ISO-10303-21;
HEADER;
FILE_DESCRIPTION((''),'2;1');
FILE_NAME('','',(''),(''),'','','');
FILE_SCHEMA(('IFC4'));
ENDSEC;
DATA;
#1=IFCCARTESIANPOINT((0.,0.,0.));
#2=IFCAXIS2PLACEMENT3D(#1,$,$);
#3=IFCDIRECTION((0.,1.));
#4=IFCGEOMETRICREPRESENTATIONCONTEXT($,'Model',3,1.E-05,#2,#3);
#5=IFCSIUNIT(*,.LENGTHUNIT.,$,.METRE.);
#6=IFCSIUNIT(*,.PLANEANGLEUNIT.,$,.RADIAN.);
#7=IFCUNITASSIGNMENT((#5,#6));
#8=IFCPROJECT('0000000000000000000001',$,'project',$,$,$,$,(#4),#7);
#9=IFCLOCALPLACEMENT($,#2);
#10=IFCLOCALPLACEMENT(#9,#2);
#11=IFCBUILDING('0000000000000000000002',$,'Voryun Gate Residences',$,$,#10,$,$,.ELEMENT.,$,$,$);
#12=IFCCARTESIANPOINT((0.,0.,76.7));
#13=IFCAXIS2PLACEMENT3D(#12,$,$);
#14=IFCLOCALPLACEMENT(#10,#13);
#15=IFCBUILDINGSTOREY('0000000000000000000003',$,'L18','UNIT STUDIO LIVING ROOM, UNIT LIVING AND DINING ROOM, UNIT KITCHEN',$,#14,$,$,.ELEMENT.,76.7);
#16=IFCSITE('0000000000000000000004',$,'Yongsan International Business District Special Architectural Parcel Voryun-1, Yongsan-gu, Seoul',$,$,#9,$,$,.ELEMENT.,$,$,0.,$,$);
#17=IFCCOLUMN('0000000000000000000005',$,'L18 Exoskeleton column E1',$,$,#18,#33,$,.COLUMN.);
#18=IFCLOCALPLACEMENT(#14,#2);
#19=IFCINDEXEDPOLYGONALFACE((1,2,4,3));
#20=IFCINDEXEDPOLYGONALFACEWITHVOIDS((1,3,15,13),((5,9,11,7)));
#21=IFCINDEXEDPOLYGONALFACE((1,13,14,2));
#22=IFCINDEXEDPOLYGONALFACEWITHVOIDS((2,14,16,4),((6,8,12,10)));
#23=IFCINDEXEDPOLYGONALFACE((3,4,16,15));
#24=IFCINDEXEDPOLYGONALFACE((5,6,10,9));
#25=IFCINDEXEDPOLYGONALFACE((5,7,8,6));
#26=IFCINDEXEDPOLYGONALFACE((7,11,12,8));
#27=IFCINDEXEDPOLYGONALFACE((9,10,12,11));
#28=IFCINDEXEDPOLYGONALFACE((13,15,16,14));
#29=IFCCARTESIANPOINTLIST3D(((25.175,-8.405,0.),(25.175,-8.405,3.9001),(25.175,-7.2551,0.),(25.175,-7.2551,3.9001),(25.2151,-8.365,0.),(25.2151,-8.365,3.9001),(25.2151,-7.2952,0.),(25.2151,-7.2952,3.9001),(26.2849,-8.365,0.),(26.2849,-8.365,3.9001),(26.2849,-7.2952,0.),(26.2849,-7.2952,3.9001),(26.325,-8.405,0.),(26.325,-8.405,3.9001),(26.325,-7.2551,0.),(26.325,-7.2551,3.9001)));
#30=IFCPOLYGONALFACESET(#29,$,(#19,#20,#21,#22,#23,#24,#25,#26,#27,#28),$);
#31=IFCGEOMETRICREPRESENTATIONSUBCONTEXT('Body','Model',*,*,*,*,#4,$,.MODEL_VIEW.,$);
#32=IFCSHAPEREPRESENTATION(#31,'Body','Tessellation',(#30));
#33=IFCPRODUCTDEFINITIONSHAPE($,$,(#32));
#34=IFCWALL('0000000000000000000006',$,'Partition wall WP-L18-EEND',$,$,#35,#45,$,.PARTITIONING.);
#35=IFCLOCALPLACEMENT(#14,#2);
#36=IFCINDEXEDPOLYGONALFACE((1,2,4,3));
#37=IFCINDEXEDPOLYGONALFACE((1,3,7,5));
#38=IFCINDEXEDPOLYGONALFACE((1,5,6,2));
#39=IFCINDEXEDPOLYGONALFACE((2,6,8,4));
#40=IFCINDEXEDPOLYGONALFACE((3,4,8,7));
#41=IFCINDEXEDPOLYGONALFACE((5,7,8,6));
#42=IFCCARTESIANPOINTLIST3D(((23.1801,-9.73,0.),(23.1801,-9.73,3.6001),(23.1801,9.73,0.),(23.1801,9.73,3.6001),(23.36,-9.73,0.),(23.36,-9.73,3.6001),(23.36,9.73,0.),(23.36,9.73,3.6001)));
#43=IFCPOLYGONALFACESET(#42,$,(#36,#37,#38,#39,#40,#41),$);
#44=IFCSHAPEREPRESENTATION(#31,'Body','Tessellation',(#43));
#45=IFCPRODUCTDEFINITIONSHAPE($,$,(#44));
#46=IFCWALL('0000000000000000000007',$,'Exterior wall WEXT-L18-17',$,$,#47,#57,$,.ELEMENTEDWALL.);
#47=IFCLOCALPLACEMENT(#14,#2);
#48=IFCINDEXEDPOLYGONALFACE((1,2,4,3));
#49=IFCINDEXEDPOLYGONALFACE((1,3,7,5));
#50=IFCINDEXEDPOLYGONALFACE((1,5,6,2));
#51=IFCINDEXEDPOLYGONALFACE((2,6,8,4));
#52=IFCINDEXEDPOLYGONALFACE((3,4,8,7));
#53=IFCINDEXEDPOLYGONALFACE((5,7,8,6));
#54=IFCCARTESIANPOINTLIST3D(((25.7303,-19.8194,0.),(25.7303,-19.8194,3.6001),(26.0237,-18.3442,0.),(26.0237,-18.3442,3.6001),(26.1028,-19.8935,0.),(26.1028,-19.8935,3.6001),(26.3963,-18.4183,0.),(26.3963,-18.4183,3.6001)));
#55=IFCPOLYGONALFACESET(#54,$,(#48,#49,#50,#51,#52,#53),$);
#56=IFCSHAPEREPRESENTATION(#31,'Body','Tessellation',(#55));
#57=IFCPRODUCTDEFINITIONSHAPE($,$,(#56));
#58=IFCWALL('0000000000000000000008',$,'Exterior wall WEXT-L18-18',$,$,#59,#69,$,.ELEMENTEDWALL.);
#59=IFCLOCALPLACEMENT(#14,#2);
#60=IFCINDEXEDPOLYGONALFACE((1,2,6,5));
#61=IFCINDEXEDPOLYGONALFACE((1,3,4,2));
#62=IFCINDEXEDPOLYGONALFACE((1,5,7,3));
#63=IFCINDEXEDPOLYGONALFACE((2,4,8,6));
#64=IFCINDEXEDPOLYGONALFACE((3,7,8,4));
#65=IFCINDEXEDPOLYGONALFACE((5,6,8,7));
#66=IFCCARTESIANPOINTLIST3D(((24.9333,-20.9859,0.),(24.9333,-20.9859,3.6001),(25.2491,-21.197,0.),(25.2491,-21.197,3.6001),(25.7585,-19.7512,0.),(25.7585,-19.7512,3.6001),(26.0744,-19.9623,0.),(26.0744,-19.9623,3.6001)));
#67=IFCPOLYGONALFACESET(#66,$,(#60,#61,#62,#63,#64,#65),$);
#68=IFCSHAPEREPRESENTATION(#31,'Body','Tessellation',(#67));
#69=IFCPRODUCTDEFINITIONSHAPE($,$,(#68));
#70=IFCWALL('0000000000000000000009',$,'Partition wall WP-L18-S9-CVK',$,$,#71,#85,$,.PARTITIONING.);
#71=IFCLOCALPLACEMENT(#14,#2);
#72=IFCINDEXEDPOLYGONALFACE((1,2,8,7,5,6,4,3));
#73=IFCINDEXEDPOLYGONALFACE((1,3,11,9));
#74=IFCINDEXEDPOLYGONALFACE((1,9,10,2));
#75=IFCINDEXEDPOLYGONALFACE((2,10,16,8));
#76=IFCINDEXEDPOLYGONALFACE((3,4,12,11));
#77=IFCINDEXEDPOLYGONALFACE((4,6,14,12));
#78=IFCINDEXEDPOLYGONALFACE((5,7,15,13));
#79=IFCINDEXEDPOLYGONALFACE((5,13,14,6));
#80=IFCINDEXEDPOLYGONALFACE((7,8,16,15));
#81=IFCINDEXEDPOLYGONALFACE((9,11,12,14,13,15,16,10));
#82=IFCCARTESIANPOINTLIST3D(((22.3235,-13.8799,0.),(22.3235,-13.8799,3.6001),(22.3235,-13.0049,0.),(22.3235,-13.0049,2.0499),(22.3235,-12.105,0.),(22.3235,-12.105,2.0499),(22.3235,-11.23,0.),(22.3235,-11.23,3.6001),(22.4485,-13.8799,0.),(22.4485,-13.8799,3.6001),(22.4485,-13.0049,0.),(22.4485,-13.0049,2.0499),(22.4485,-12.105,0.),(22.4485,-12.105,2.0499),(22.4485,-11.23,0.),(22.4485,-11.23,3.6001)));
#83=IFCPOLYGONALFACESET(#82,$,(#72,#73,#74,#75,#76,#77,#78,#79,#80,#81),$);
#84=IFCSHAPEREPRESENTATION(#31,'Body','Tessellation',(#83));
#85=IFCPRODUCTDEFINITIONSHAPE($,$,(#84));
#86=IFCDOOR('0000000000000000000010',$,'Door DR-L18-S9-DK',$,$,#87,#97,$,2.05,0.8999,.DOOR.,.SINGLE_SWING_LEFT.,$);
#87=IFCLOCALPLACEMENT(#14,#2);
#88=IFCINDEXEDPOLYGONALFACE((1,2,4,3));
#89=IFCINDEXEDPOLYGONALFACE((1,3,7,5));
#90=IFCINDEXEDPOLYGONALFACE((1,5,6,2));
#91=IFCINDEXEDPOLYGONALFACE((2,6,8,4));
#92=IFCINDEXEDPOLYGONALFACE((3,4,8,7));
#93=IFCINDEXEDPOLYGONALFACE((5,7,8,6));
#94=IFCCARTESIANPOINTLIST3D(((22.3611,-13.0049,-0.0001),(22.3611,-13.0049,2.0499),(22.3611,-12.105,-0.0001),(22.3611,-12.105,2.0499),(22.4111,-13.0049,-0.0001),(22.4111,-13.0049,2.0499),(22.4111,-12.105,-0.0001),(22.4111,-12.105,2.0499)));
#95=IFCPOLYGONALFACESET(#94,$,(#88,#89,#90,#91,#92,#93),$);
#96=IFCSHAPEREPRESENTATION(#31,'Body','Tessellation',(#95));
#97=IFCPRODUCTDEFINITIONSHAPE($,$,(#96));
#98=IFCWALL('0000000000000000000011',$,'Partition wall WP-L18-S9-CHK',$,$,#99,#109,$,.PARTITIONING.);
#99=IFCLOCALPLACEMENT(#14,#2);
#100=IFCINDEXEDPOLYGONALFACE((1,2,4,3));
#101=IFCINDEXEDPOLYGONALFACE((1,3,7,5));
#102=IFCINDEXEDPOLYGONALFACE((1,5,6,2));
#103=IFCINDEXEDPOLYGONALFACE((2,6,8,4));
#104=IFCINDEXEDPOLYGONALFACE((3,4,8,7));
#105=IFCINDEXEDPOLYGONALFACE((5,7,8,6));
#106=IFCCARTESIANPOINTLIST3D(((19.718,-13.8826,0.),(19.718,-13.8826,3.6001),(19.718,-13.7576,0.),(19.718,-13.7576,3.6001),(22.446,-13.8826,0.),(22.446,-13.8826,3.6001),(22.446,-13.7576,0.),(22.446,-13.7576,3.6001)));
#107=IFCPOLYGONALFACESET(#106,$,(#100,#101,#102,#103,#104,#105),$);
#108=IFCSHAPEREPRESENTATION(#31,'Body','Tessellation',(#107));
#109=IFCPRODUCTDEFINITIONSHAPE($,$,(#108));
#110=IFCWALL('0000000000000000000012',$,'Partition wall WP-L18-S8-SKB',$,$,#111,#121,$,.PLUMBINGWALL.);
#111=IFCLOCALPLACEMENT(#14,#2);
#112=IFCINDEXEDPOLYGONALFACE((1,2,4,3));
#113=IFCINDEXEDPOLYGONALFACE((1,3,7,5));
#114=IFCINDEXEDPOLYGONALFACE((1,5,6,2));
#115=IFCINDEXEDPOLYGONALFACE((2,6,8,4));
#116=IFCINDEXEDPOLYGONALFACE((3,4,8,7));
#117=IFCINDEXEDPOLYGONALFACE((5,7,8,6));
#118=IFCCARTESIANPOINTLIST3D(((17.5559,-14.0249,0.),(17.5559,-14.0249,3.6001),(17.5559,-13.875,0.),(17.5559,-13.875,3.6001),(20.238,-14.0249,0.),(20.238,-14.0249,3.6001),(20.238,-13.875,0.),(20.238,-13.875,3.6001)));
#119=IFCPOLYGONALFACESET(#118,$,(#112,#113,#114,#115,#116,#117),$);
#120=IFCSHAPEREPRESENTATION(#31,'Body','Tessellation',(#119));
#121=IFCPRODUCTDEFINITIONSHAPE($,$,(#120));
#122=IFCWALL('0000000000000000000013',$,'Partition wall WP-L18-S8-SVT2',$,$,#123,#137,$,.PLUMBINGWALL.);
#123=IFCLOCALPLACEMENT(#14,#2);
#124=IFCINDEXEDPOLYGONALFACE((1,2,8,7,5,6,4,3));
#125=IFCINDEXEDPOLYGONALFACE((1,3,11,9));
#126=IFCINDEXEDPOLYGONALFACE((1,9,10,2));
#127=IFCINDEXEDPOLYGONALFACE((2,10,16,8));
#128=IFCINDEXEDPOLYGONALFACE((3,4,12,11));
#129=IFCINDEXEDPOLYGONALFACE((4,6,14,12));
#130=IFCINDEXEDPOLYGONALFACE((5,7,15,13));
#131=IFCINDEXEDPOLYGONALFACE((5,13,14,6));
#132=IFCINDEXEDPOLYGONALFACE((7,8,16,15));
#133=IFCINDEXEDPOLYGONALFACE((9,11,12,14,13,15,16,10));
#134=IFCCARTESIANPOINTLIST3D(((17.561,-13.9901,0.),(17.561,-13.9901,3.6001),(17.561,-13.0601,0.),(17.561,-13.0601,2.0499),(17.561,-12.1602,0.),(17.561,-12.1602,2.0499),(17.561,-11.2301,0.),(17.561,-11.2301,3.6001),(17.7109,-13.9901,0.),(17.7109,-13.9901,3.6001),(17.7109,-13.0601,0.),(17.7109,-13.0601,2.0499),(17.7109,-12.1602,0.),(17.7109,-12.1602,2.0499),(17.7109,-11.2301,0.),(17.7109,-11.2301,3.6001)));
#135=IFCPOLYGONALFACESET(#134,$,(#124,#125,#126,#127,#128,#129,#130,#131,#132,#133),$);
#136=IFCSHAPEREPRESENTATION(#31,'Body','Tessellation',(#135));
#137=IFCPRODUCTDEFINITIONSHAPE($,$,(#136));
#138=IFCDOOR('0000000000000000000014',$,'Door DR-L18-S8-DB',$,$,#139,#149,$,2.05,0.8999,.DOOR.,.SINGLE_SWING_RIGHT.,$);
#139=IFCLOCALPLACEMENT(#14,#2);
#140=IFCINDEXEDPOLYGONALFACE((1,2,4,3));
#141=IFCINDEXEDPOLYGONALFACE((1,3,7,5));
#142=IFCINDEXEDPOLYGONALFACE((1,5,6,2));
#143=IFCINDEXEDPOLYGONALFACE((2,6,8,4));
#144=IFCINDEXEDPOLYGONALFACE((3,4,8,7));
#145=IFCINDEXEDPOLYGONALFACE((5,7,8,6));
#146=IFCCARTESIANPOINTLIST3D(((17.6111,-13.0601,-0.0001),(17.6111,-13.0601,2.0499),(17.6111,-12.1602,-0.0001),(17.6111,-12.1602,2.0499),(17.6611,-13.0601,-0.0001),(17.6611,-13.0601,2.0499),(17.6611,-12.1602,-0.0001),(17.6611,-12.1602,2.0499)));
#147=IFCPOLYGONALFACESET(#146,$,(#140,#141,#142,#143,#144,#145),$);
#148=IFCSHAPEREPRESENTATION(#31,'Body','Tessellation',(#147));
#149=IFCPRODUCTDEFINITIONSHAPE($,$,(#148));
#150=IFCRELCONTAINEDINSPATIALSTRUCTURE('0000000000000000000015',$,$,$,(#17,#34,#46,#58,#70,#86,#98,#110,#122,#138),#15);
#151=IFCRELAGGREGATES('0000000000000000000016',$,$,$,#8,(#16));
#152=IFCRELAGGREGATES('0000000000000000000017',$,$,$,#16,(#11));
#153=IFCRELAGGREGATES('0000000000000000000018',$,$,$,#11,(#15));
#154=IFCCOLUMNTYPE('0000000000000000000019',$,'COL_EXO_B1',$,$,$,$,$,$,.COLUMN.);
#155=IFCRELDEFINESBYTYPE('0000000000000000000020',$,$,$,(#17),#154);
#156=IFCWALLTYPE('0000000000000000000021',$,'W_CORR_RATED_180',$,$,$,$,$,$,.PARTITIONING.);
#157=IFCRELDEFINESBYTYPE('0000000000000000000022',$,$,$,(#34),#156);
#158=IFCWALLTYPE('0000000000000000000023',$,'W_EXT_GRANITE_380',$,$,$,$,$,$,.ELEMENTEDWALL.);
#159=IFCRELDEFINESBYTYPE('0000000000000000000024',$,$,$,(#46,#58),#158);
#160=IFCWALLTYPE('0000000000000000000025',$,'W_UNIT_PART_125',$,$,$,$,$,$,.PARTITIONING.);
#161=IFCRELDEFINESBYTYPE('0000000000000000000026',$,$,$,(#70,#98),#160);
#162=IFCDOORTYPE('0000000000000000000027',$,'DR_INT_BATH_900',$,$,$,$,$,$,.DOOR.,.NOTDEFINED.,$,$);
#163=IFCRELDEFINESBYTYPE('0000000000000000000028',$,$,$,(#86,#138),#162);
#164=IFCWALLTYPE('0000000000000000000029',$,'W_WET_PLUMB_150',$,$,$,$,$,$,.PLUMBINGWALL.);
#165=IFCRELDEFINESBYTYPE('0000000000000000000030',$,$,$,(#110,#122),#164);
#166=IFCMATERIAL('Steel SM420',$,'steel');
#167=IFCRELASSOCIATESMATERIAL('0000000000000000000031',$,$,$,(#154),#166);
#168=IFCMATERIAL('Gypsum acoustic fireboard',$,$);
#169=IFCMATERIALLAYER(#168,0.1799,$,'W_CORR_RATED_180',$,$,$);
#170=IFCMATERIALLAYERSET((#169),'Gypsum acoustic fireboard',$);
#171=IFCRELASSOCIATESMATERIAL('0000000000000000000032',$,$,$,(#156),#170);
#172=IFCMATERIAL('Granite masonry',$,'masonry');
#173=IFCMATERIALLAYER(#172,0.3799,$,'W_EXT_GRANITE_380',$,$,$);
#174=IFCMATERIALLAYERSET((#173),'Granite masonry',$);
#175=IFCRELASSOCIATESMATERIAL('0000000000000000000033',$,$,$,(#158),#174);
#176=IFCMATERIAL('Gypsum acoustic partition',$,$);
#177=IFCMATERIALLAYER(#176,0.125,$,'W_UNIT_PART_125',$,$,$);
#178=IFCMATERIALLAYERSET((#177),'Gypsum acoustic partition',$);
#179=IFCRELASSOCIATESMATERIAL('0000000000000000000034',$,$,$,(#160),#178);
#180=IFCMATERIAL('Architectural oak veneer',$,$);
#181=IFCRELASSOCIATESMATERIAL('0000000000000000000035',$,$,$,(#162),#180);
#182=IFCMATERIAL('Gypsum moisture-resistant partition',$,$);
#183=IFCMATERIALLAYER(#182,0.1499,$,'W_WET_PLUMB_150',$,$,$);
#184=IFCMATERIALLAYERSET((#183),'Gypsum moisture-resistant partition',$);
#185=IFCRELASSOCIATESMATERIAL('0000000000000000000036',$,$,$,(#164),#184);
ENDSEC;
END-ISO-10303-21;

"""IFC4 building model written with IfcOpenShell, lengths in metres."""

from ifc_helpers import new_model, si_unit, direction, frame, frame_2d, origin, origin_2d, place, context, subcontext, project, spatial, rectangle, hollow_rectangle, extrude, material, layer, layer_set, material_profile, profile_set, type_object, element, fill, save


model = new_model("IFC4")

# Units and contexts
model_context = context("Model", 3, precision=1e-05, world=origin(), true_north=direction((0.0, 1.0)))
body_context = subcontext(model_context, "Body", "Model", "MODEL_VIEW")
ifc_project = project(units=[si_unit("LENGTHUNIT", "METRE"), si_unit("PLANEANGLEUNIT", "RADIAN")], contexts=[model_context])

# Site, building, storey
site_placement = place(None, origin())
site = spatial("IfcSite", under=ifc_project, at=site_placement, Name="Yongsan International Business District Special Architectural Parcel Voryun-1, Yongsan-gu, Seoul", CompositionType="ELEMENT", RefElevation=0.0)
building_placement = place(site_placement, origin())
building = spatial("IfcBuilding", under=site, at=building_placement, Name="Voryun Gate Residences", CompositionType="ELEMENT")
storey_placement = place(building_placement, frame((0.0, 0.0, 76.7)))
storey = spatial("IfcBuildingStorey", under=building, at=storey_placement, Name="L18", Description="UNIT STUDIO LIVING ROOM, UNIT LIVING AND DINING ROOM, UNIT KITCHEN", CompositionType="ELEMENT", Elevation=76.7)

# Column
ifc_material_1 = material(Name="Steel SM420", Category="steel")
ifc_material_profile = material_profile(ifc_material_1, hollow_rectangle(XDim=1.1499, YDim=1.1499, WallThickness=0.04, at=origin_2d()), Name="BOX-1150x1150x40")
ifc_profile_set = profile_set([ifc_material_profile], Name="Steel SM420")
column_type = type_object("IfcColumnType", Name="COL_EXO_B1", PredefinedType="COLUMN", material=ifc_profile_set)
column_placement = place(storey_placement, frame((25.75, -7.8301, 0.0), z_axis=(0.0, 0.0, 1.0), x_axis=(1.0, 0.0, 0.0)))
element("IfcColumn", 1, at=column_placement, inside=storey, type_object=column_type, Name="L18 Exoskeleton column E1", PredefinedType="COLUMN", context=body_context, shape_type="SweptSolid", body=[
    extrude(hollow_rectangle(XDim=1.1499, YDim=1.1499, WallThickness=0.04, at=origin_2d()), origin(), (0.0, 0.0, 1.0), 3.9001),
])

# Walls
ifc_material_2 = material(Name="Gypsum acoustic fireboard")
ifc_layer_1 = layer(ifc_material_2, 0.1799, Name="W_CORR_RATED_180")
ifc_layer_set_1 = layer_set([ifc_layer_1], Name="Gypsum acoustic fireboard")
wall_type_1 = type_object("IfcWallType", Name="W_CORR_RATED_180", PredefinedType="PARTITIONING", material=ifc_layer_set_1)
wall_1_placement = place(storey_placement, frame((23.27, -9.73, 0.0), z_axis=(0.0, 0.0, 1.0), x_axis=(0.0, 1.0, 0.0)))
element("IfcWall", 2, at=wall_1_placement, inside=storey, type_object=wall_type_1, Name="Partition wall WP-L18-EEND", PredefinedType="PARTITIONING", context=body_context, shape_type="SweptSolid", body=[
    extrude(rectangle(XDim=19.46, YDim=0.1799, at=frame_2d((9.73, 0.0))), origin(), (0.0, 0.0, 1.0), 3.6001),
])
ifc_material_3 = material(Name="Granite masonry", Category="masonry")
ifc_layer_2 = layer(ifc_material_3, 0.3799, Name="W_EXT_GRANITE_380")
ifc_layer_set_2 = layer_set([ifc_layer_2], Name="Granite masonry")
wall_type_2 = type_object("IfcWallType", Name="W_EXT_GRANITE_380", PredefinedType="ELEMENTEDWALL", material=ifc_layer_set_2)
wall_2_placement = place(storey_placement, frame((26.21, -18.3813, 0.0), z_axis=(0.0, 0.0, 1.0), x_axis=(-0.195086, -0.980786, 0.0)))
element("IfcWall", 3, at=wall_2_placement, inside=storey, type_object=wall_type_2, Name="Exterior wall WEXT-L18-17", PredefinedType="ELEMENTEDWALL", context=body_context, shape_type="SweptSolid", body=[
    extrude(rectangle(XDim=1.5042, YDim=0.3799, at=frame_2d((0.752, 0.0))), origin(), (0.0, 0.0, 1.0), 3.6001),
])
wall_3_placement = place(storey_placement, frame((25.9165, -19.8567, 0.0), z_axis=(0.0, 0.0, 1.0), x_axis=(-0.555686, -0.831392, 0.0)))
element("IfcWall", 4, at=wall_3_placement, inside=storey, type_object=wall_type_2, Name="Exterior wall WEXT-L18-18", PredefinedType="ELEMENTEDWALL", context=body_context, shape_type="SweptSolid", body=[
    extrude(rectangle(XDim=1.4851, YDim=0.3799, at=frame_2d((0.7427, 0.0))), origin(), (0.0, 0.0, 1.0), 3.6001),
])

# Wall, opening, door
ifc_material_4 = material(Name="Gypsum acoustic partition")
ifc_layer_3 = layer(ifc_material_4, 0.125, Name="W_UNIT_PART_125")
ifc_layer_set_3 = layer_set([ifc_layer_3], Name="Gypsum acoustic partition")
wall_type_3 = type_object("IfcWallType", Name="W_UNIT_PART_125", PredefinedType="PARTITIONING", material=ifc_layer_set_3)
wall_4_placement = place(storey_placement, frame((22.386, -13.8799, 0.0), z_axis=(0.0, 0.0, 1.0), x_axis=(0.0, 1.0, 0.0)))
wall_4 = element("IfcWall", 5, at=wall_4_placement, inside=storey, type_object=wall_type_3, Name="Partition wall WP-L18-S9-CVK", PredefinedType="PARTITIONING", context=body_context, shape_type="SweptSolid", body=[
    extrude(rectangle(XDim=2.6499, YDim=0.125, at=frame_2d((1.325, 0.0))), origin(), (0.0, 0.0, 1.0), 3.6001),
])
opening_1_placement = place(wall_4_placement, frame((0.875, 0.0, 0.0)))
opening_1 = element("IfcOpeningElement", 6, at=opening_1_placement, cuts=wall_4, PredefinedType="OPENING", context=body_context, shape_type="SweptSolid", body=[
    extrude(rectangle(XDim=0.8999, YDim=2.05, at=frame_2d((0.45, 1.0249))), frame((0.0, 0.0725, 0.0), z_axis=(0.0, -1.0, 0.0), x_axis=(1.0, 0.0, 0.0)), (0.0, 0.0, 1.0), 0.145),
])
ifc_material_5 = material(Name="Architectural oak veneer")
door_type = type_object("IfcDoorType", Name="DR_INT_BATH_900", OperationType="NOTDEFINED", PredefinedType="DOOR", material=ifc_material_5)
door_1_placement = place(opening_1_placement, origin())
door_1 = element("IfcDoor", 7, at=door_1_placement, inside=storey, type_object=door_type, Name="Door DR-L18-S9-DK", OperationType="SINGLE_SWING_LEFT", OverallHeight=2.05, OverallWidth=0.8999, PredefinedType="DOOR", context=body_context, shape_type="SweptSolid", body=[
    extrude(rectangle(XDim=0.8999, YDim=2.05, at=frame_2d((0.45, 1.0249))), frame((0.0, 0.0249, 0.0), z_axis=(0.0, -1.0, 0.0), x_axis=(1.0, 0.0, 0.0)), (0.0, 0.0, 1.0), 0.05),
])
fill(opening_1, door_1)

# Walls
wall_5_placement = place(storey_placement, frame((19.718, -13.8201, 0.0), z_axis=(0.0, 0.0, 1.0), x_axis=(1.0, 0.0, 0.0)))
element("IfcWall", 8, at=wall_5_placement, inside=storey, type_object=wall_type_3, Name="Partition wall WP-L18-S9-CHK", PredefinedType="PARTITIONING", context=body_context, shape_type="SweptSolid", body=[
    extrude(rectangle(XDim=2.728, YDim=0.125, at=frame_2d((1.364, 0.0))), origin(), (0.0, 0.0, 1.0), 3.6001),
])
ifc_material_6 = material(Name="Gypsum moisture-resistant partition")
ifc_layer_4 = layer(ifc_material_6, 0.1499, Name="W_WET_PLUMB_150")
ifc_layer_set_4 = layer_set([ifc_layer_4], Name="Gypsum moisture-resistant partition")
wall_type_4 = type_object("IfcWallType", Name="W_WET_PLUMB_150", PredefinedType="PLUMBINGWALL", material=ifc_layer_set_4)
wall_6_placement = place(storey_placement, frame((17.5559, -13.95, 0.0), z_axis=(0.0, 0.0, 1.0), x_axis=(1.0, 0.0, 0.0)))
element("IfcWall", 9, at=wall_6_placement, inside=storey, type_object=wall_type_4, Name="Partition wall WP-L18-S8-SKB", PredefinedType="PLUMBINGWALL", context=body_context, shape_type="SweptSolid", body=[
    extrude(rectangle(XDim=2.6821, YDim=0.1499, at=frame_2d((1.3411, 0.0))), origin(), (0.0, 0.0, 1.0), 3.6001),
])

# Wall, opening, door
wall_7_placement = place(storey_placement, frame((17.636, -13.99, 0.0), z_axis=(0.0, 0.0, 1.0), x_axis=(0.0, 1.0, 0.0)))
wall_7 = element("IfcWall", 10, at=wall_7_placement, inside=storey, type_object=wall_type_4, Name="Partition wall WP-L18-S8-SVT2", PredefinedType="PLUMBINGWALL", context=body_context, shape_type="SweptSolid", body=[
    extrude(rectangle(XDim=2.76, YDim=0.1499, at=frame_2d((1.3799, 0.0))), origin(), (0.0, 0.0, 1.0), 3.6001),
])
opening_2_placement = place(wall_7_placement, frame((0.9299, 0.0, 0.0)))
opening_2 = element("IfcOpeningElement", 11, at=opening_2_placement, cuts=wall_7, PredefinedType="OPENING", context=body_context, shape_type="SweptSolid", body=[
    extrude(rectangle(XDim=0.8999, YDim=2.05, at=frame_2d((0.45, 1.0249))), frame((0.0, 0.085, 0.0), z_axis=(0.0, -1.0, 0.0), x_axis=(1.0, 0.0, 0.0)), (0.0, 0.0, 1.0), 0.1699),
])
door_2_placement = place(opening_2_placement, origin())
door_2 = element("IfcDoor", 12, at=door_2_placement, inside=storey, type_object=door_type, Name="Door DR-L18-S8-DB", OperationType="SINGLE_SWING_RIGHT", OverallHeight=2.05, OverallWidth=0.8999, PredefinedType="DOOR", context=body_context, shape_type="SweptSolid", body=[
    extrude(rectangle(XDim=0.8999, YDim=2.05, at=frame_2d((0.45, 1.0249))), frame((0.0, 0.0249, 0.0), z_axis=(0.0, -1.0, 0.0), x_axis=(1.0, 0.0, 0.0)), (0.0, 0.0, 1.0), 0.05),
])
fill(opening_2, door_2)

save(model, "model.ifc")
